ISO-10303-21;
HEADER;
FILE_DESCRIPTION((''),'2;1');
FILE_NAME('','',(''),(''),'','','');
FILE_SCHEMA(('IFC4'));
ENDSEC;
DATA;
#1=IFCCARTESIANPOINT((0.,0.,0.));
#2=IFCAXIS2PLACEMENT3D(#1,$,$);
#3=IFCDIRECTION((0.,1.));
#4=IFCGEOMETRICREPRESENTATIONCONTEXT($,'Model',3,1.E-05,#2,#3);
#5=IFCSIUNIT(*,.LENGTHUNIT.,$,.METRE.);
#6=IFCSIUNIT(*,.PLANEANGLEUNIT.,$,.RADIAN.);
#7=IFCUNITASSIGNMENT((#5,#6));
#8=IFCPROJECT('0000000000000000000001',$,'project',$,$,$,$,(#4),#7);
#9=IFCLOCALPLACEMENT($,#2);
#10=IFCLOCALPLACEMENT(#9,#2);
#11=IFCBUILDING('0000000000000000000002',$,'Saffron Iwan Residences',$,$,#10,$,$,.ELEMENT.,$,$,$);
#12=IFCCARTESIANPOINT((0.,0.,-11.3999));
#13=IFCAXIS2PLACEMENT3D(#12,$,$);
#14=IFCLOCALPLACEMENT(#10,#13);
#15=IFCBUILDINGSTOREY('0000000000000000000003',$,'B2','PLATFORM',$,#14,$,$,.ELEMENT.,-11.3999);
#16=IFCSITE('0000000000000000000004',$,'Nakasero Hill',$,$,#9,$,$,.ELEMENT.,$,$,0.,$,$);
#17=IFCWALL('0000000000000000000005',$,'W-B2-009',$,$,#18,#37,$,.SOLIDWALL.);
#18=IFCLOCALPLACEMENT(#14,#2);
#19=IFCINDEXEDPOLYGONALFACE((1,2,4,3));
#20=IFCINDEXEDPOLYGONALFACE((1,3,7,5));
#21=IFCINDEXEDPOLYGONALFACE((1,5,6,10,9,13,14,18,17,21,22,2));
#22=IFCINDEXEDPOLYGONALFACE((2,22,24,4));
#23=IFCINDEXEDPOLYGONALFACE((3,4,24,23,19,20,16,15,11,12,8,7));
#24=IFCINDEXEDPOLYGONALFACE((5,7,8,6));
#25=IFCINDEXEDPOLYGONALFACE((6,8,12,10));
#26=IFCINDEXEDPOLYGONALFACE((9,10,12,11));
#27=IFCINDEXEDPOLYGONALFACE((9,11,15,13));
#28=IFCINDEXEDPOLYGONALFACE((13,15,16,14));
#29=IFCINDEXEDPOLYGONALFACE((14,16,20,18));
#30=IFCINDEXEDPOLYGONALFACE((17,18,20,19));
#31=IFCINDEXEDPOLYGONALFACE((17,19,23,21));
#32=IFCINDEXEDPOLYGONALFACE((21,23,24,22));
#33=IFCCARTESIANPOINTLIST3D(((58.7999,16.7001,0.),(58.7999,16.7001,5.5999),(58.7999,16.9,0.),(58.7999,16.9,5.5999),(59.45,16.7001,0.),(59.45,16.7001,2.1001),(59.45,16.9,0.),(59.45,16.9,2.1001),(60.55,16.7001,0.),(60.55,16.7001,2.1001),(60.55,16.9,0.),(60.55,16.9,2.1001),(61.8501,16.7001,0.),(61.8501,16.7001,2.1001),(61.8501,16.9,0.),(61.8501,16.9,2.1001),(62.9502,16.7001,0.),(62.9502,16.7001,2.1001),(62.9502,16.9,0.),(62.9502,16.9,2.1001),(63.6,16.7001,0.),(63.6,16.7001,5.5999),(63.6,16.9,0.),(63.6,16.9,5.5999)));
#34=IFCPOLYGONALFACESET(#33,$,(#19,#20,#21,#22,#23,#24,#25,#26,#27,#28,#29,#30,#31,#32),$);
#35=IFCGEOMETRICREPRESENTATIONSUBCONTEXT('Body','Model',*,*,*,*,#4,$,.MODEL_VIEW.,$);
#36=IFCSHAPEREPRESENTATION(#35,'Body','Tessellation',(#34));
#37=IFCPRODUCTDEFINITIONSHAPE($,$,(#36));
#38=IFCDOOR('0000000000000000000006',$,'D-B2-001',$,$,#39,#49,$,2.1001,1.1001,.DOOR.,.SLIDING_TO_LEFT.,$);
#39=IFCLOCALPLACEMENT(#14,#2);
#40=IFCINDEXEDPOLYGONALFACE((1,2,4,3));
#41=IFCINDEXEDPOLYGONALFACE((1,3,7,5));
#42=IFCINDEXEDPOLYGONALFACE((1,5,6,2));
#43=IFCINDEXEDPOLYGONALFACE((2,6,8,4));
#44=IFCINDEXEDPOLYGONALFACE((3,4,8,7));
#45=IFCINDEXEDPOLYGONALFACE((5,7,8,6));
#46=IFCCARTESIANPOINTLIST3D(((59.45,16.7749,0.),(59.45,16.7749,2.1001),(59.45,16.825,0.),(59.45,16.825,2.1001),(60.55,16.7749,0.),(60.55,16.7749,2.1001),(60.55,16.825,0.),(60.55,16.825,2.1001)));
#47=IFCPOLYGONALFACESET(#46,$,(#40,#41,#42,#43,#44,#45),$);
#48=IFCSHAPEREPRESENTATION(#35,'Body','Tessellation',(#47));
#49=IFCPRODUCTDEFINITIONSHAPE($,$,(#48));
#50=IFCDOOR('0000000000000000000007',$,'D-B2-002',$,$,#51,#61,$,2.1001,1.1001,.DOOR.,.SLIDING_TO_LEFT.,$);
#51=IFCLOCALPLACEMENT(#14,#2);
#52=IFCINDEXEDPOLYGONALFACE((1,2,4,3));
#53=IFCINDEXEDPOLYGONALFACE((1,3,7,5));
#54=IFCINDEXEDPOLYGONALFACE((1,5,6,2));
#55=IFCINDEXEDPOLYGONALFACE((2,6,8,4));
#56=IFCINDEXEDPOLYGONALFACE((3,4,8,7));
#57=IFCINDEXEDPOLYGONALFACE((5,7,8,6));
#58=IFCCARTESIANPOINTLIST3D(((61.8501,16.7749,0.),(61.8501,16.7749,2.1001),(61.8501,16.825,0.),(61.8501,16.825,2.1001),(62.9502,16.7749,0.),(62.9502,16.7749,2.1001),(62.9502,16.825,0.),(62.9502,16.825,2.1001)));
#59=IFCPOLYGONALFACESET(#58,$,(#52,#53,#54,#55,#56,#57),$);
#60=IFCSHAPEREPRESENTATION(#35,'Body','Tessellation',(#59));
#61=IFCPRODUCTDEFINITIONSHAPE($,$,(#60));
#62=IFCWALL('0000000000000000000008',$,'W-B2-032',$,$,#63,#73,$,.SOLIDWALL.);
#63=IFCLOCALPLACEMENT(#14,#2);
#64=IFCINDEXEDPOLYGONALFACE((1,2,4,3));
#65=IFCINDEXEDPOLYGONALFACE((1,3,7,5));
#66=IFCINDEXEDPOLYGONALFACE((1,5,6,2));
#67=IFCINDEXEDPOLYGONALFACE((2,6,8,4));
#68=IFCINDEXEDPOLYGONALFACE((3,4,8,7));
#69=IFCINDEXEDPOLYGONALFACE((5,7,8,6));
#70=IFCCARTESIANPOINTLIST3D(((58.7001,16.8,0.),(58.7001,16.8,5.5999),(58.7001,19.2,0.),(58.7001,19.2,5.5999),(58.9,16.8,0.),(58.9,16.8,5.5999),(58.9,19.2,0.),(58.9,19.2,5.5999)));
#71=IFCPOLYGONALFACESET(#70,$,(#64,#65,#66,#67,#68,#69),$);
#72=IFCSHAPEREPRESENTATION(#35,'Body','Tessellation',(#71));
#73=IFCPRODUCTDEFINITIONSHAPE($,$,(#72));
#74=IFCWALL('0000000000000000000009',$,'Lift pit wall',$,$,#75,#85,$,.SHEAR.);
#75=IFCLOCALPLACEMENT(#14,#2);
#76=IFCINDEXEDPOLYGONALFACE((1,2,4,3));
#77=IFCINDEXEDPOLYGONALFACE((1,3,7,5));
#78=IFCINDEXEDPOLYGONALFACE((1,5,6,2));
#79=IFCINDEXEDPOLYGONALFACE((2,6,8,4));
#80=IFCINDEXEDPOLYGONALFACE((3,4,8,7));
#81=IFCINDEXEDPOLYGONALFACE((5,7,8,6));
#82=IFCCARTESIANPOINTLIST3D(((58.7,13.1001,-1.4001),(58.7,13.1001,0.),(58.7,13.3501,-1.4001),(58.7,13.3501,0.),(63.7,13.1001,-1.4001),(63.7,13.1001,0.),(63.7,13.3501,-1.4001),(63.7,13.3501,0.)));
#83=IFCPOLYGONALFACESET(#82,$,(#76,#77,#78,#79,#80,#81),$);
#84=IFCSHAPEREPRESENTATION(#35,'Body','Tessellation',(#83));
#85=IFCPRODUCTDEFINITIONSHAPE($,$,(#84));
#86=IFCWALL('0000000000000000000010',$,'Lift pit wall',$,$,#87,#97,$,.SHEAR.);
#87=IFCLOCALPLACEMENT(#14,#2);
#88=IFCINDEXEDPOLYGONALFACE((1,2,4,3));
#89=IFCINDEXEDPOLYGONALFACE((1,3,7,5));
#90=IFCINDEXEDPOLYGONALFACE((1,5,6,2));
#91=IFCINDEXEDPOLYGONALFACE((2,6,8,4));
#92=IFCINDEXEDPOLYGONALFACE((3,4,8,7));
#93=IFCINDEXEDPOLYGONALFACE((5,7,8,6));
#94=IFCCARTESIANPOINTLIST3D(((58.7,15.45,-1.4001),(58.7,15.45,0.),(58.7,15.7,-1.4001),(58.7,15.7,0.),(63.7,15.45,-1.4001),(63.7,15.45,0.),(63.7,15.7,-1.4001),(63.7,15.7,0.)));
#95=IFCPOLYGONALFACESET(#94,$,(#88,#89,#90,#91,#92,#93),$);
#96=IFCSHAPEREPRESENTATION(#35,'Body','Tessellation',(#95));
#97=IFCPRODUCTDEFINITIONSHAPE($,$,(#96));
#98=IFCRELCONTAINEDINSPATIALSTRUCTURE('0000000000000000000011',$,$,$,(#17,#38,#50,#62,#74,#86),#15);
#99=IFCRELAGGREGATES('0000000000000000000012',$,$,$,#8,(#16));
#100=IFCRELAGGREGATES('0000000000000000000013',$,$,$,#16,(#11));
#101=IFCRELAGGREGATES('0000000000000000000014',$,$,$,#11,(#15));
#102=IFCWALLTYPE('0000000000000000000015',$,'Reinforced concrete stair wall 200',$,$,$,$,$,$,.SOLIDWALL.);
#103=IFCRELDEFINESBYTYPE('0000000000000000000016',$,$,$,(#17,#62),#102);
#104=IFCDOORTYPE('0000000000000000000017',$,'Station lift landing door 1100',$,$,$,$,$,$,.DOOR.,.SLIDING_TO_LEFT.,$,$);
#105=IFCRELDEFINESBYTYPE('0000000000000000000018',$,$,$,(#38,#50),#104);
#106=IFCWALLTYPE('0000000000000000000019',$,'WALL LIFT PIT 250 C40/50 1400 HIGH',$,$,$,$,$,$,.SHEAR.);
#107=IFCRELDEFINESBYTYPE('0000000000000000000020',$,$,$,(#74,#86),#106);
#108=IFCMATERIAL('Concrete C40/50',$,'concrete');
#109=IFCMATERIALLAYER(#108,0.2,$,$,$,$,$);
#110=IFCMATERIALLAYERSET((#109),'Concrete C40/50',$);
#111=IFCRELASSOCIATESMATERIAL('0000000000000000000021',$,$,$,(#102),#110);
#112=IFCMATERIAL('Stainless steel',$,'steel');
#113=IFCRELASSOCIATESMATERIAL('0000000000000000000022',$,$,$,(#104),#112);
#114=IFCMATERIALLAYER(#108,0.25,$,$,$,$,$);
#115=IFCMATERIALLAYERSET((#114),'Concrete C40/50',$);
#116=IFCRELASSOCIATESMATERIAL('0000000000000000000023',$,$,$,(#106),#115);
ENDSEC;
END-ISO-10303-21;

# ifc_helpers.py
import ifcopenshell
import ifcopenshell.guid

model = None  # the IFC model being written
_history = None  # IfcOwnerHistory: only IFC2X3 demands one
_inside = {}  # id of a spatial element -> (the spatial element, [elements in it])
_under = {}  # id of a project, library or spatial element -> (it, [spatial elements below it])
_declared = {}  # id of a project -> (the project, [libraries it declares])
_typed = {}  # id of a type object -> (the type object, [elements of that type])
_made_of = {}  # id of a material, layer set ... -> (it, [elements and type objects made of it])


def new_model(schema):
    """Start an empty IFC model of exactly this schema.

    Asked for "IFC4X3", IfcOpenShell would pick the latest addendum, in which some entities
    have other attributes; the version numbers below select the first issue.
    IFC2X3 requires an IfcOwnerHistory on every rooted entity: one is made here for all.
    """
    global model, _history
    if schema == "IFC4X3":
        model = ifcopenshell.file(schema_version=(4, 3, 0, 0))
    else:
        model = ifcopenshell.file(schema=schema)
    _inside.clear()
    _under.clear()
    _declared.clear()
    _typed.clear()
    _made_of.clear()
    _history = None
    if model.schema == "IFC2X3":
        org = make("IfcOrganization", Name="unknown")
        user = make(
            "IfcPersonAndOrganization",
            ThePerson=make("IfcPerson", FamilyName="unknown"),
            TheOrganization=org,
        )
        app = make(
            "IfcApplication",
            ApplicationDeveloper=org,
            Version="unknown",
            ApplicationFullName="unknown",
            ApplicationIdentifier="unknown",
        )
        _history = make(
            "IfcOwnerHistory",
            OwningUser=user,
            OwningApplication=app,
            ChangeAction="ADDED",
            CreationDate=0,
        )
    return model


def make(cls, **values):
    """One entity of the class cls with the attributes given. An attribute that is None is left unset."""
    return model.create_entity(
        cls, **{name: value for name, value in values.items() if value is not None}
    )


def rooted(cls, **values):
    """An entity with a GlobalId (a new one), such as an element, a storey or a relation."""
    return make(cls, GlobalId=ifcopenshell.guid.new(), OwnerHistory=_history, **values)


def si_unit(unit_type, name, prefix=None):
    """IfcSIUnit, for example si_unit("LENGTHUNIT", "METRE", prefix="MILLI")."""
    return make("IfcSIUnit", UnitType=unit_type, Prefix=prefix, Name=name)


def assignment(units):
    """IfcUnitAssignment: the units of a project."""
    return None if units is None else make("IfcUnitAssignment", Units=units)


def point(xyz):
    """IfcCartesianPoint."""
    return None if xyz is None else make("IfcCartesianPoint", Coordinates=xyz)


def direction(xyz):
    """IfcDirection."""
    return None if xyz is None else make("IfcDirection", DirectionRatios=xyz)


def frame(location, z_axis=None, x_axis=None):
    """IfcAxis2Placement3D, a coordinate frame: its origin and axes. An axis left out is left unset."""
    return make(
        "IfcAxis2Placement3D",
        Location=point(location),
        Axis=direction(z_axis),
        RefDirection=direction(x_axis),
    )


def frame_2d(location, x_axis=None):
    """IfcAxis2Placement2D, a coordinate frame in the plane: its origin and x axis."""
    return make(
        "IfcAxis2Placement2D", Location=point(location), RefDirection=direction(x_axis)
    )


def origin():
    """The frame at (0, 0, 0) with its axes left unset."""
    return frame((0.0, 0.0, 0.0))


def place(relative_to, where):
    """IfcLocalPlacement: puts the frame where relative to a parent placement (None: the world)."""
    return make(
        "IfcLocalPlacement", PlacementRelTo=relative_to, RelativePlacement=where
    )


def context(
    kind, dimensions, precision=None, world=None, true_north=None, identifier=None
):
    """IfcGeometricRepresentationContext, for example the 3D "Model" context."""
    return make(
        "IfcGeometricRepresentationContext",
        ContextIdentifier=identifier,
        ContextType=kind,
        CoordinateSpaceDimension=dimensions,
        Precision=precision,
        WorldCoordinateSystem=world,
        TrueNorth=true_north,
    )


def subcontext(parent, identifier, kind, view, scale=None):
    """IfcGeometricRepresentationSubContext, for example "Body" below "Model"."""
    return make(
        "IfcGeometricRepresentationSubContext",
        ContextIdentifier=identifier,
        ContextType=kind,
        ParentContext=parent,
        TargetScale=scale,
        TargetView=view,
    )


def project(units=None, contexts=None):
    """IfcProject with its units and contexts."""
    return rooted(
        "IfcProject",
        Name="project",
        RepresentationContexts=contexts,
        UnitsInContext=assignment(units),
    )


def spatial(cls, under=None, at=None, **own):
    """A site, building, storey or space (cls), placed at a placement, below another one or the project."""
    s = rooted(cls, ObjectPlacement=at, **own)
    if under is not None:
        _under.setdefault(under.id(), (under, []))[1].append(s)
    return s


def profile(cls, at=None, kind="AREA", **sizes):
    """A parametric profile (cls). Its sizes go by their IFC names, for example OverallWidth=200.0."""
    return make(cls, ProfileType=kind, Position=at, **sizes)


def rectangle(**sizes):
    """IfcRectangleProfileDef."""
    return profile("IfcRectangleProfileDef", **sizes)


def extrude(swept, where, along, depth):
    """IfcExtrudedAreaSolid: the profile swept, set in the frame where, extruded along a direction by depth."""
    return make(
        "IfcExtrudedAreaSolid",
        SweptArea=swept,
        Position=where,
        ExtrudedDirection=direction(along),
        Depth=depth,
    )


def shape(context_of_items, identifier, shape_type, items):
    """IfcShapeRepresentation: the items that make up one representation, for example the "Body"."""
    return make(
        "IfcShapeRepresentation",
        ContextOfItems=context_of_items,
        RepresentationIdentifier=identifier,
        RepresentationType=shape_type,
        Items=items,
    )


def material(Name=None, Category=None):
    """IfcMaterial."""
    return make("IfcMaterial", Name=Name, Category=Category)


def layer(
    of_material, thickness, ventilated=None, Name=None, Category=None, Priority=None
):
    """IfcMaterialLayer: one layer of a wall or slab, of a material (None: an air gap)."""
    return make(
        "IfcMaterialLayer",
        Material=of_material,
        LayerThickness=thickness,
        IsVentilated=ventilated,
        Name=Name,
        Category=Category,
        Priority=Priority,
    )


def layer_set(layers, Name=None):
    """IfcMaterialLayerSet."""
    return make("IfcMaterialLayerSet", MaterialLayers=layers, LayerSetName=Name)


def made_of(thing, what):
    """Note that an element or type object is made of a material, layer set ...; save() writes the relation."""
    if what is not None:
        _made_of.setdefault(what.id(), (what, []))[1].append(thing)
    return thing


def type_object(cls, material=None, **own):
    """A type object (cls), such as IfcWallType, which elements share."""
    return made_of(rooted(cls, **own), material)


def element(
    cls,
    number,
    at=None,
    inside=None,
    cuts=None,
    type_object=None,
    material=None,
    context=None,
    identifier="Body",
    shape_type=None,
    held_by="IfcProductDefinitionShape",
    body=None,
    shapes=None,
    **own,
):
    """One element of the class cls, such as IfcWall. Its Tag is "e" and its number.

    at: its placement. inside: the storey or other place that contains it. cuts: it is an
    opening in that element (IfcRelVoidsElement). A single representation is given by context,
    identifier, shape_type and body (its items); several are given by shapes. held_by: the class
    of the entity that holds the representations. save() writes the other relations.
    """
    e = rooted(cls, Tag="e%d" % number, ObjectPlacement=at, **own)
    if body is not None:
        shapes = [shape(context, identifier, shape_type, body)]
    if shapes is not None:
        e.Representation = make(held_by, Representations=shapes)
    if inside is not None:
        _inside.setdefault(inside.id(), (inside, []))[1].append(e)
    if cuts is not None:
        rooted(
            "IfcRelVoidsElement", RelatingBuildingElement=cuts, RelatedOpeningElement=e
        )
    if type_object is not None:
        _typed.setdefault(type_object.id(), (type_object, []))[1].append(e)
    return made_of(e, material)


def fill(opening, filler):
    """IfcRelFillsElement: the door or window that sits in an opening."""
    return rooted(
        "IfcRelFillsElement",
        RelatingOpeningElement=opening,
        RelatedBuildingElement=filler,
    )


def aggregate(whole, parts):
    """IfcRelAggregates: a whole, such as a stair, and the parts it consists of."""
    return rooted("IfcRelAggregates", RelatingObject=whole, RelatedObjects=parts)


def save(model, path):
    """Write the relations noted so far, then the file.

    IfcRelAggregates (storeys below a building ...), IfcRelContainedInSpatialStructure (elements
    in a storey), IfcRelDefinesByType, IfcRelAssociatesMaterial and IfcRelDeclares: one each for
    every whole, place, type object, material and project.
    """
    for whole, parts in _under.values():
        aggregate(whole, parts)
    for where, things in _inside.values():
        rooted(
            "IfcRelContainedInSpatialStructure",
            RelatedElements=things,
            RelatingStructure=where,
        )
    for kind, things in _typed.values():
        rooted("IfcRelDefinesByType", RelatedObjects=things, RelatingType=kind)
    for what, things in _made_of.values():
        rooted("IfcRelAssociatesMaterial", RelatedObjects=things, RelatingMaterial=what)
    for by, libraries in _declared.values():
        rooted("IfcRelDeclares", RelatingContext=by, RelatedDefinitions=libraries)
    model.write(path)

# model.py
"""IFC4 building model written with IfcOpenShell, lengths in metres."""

from ifc_helpers import new_model, si_unit, direction, frame, frame_2d, origin, place, context, subcontext, project, spatial, rectangle, extrude, material, layer, layer_set, type_object, element, fill, save


model = new_model("IFC4")

# Units and contexts
model_context = context("Model", 3, precision=1e-05, world=origin(), true_north=direction((0.0, 1.0)))
body_context = subcontext(model_context, "Body", "Model", "MODEL_VIEW")
ifc_project = project(units=[si_unit("LENGTHUNIT", "METRE"), si_unit("PLANEANGLEUNIT", "RADIAN")], contexts=[model_context])

# Site, building, storey
site_placement = place(None, origin())
site = spatial("IfcSite", under=ifc_project, at=site_placement, Name="Nakasero Hill", CompositionType="ELEMENT", RefElevation=0.0)
building_placement = place(site_placement, origin())
building = spatial("IfcBuilding", under=site, at=building_placement, Name="Saffron Iwan Residences", CompositionType="ELEMENT")
storey_placement = place(building_placement, frame((0.0, 0.0, -11.3999)))
storey = spatial("IfcBuildingStorey", under=building, at=storey_placement, Name="B2", Description="PLATFORM", CompositionType="ELEMENT", Elevation=-11.3999)

# Shared definitions
ifc_material_1 = material(Name="Concrete C40/50", Category="concrete")

# Wall, openings, doors
ifc_layer_1 = layer(ifc_material_1, 0.2)
ifc_layer_set_1 = layer_set([ifc_layer_1], Name="Concrete C40/50")
wall_type_1 = type_object("IfcWallType", Name="Reinforced concrete stair wall 200", PredefinedType="SOLIDWALL", material=ifc_layer_set_1)
wall_1_placement = place(storey_placement, frame((58.8, 16.8, 0.0), z_axis=(0.0, 0.0, 1.0), x_axis=(1.0, 0.0, 0.0)))
wall_1 = element("IfcWall", 1, at=wall_1_placement, inside=storey, type_object=wall_type_1, Name="W-B2-009", PredefinedType="SOLIDWALL", context=body_context, shape_type="SweptSolid", body=[
    extrude(rectangle(XDim=4.8, YDim=0.2, at=frame_2d((2.3999, 0.0))), origin(), (0.0, 0.0, 1.0), 5.5999),
])
opening_1_placement = place(wall_1_placement, frame((0.6499, 0.0, 0.0)))
opening_1 = element("IfcOpeningElement", 2, at=opening_1_placement, cuts=wall_1, PredefinedType="OPENING", context=body_context, shape_type="SweptSolid", body=[
    extrude(rectangle(XDim=1.1001, YDim=2.1001, at=frame_2d((0.55, 1.05))), frame((0.0, 0.1099, 0.0), z_axis=(0.0, -1.0, 0.0), x_axis=(1.0, 0.0, 0.0)), (0.0, 0.0, 1.0), 0.22),
])
opening_2_placement = place(wall_1_placement, frame((3.05, 0.0, 0.0)))
opening_2 = element("IfcOpeningElement", 3, at=opening_2_placement, cuts=wall_1, PredefinedType="OPENING", context=body_context, shape_type="SweptSolid", body=[
    extrude(rectangle(XDim=1.1001, YDim=2.1001, at=frame_2d((0.55, 1.05))), frame((0.0, 0.1099, 0.0), z_axis=(0.0, -1.0, 0.0), x_axis=(1.0, 0.0, 0.0)), (0.0, 0.0, 1.0), 0.22),
])
ifc_material_2 = material(Name="Stainless steel", Category="steel")
door_type = type_object("IfcDoorType", Name="Station lift landing door 1100", OperationType="SLIDING_TO_LEFT", PredefinedType="DOOR", material=ifc_material_2)
door_1_placement = place(opening_1_placement, origin())
door_1 = element("IfcDoor", 4, at=door_1_placement, inside=storey, type_object=door_type, Name="D-B2-001", OperationType="SLIDING_TO_LEFT", OverallHeight=2.1001, OverallWidth=1.1001, PredefinedType="DOOR", context=body_context, shape_type="SweptSolid", body=[
    extrude(rectangle(XDim=1.1001, YDim=2.1001, at=frame_2d((0.55, 1.05))), frame((0.0, 0.0249, 0.0), z_axis=(0.0, -1.0, 0.0), x_axis=(1.0, 0.0, 0.0)), (0.0, 0.0, 1.0), 0.05),
])
fill(opening_1, door_1)
door_2_placement = place(opening_2_placement, origin())
door_2 = element("IfcDoor", 5, at=door_2_placement, inside=storey, type_object=door_type, Name="D-B2-002", OperationType="SLIDING_TO_LEFT", OverallHeight=2.1001, OverallWidth=1.1001, PredefinedType="DOOR", context=body_context, shape_type="SweptSolid", body=[
    extrude(rectangle(XDim=1.1001, YDim=2.1001, at=frame_2d((0.55, 1.05))), frame((0.0, 0.0249, 0.0), z_axis=(0.0, -1.0, 0.0), x_axis=(1.0, 0.0, 0.0)), (0.0, 0.0, 1.0), 0.05),
])
fill(opening_2, door_2)

# Walls
wall_2_placement = place(storey_placement, frame((58.8, 16.8, 0.0), z_axis=(0.0, 0.0, 1.0), x_axis=(0.0, 1.0, 0.0)))
element("IfcWall", 6, at=wall_2_placement, inside=storey, type_object=wall_type_1, Name="W-B2-032", PredefinedType="SOLIDWALL", context=body_context, shape_type="SweptSolid", body=[
    extrude(rectangle(XDim=2.3999, YDim=0.2, at=frame_2d((1.2, 0.0))), origin(), (0.0, 0.0, 1.0), 5.5999),
])
ifc_layer_2 = layer(ifc_material_1, 0.25)
ifc_layer_set_2 = layer_set([ifc_layer_2], Name="Concrete C40/50")
wall_type_2 = type_object("IfcWallType", Name="WALL LIFT PIT 250 C40/50 1400 HIGH", PredefinedType="SHEAR", material=ifc_layer_set_2)
for number, where, z_axis, x_axis, name in (
    (7, (58.7, 13.2251, -1.4001), (0.0, 0.0, 1.0), (1.0, 0.0, 0.0), "Lift pit wall"),
    (8, (58.7, 15.575, -1.4001), (0.0, 0.0, 1.0), (1.0, 0.0, 0.0), "Lift pit wall"),
):
    element("IfcWall", number, at=place(storey_placement, frame(where, z_axis=z_axis, x_axis=x_axis)), inside=storey, type_object=wall_type_2, Name=name, PredefinedType="SHEAR", context=body_context, shape_type="SweptSolid", body=[
        extrude(rectangle(XDim=5.0, YDim=0.25, at=frame_2d((2.5, 0.0))), origin(), (0.0, 0.0, 1.0), 1.4001),
    ])

save(model, "model.ifc")
